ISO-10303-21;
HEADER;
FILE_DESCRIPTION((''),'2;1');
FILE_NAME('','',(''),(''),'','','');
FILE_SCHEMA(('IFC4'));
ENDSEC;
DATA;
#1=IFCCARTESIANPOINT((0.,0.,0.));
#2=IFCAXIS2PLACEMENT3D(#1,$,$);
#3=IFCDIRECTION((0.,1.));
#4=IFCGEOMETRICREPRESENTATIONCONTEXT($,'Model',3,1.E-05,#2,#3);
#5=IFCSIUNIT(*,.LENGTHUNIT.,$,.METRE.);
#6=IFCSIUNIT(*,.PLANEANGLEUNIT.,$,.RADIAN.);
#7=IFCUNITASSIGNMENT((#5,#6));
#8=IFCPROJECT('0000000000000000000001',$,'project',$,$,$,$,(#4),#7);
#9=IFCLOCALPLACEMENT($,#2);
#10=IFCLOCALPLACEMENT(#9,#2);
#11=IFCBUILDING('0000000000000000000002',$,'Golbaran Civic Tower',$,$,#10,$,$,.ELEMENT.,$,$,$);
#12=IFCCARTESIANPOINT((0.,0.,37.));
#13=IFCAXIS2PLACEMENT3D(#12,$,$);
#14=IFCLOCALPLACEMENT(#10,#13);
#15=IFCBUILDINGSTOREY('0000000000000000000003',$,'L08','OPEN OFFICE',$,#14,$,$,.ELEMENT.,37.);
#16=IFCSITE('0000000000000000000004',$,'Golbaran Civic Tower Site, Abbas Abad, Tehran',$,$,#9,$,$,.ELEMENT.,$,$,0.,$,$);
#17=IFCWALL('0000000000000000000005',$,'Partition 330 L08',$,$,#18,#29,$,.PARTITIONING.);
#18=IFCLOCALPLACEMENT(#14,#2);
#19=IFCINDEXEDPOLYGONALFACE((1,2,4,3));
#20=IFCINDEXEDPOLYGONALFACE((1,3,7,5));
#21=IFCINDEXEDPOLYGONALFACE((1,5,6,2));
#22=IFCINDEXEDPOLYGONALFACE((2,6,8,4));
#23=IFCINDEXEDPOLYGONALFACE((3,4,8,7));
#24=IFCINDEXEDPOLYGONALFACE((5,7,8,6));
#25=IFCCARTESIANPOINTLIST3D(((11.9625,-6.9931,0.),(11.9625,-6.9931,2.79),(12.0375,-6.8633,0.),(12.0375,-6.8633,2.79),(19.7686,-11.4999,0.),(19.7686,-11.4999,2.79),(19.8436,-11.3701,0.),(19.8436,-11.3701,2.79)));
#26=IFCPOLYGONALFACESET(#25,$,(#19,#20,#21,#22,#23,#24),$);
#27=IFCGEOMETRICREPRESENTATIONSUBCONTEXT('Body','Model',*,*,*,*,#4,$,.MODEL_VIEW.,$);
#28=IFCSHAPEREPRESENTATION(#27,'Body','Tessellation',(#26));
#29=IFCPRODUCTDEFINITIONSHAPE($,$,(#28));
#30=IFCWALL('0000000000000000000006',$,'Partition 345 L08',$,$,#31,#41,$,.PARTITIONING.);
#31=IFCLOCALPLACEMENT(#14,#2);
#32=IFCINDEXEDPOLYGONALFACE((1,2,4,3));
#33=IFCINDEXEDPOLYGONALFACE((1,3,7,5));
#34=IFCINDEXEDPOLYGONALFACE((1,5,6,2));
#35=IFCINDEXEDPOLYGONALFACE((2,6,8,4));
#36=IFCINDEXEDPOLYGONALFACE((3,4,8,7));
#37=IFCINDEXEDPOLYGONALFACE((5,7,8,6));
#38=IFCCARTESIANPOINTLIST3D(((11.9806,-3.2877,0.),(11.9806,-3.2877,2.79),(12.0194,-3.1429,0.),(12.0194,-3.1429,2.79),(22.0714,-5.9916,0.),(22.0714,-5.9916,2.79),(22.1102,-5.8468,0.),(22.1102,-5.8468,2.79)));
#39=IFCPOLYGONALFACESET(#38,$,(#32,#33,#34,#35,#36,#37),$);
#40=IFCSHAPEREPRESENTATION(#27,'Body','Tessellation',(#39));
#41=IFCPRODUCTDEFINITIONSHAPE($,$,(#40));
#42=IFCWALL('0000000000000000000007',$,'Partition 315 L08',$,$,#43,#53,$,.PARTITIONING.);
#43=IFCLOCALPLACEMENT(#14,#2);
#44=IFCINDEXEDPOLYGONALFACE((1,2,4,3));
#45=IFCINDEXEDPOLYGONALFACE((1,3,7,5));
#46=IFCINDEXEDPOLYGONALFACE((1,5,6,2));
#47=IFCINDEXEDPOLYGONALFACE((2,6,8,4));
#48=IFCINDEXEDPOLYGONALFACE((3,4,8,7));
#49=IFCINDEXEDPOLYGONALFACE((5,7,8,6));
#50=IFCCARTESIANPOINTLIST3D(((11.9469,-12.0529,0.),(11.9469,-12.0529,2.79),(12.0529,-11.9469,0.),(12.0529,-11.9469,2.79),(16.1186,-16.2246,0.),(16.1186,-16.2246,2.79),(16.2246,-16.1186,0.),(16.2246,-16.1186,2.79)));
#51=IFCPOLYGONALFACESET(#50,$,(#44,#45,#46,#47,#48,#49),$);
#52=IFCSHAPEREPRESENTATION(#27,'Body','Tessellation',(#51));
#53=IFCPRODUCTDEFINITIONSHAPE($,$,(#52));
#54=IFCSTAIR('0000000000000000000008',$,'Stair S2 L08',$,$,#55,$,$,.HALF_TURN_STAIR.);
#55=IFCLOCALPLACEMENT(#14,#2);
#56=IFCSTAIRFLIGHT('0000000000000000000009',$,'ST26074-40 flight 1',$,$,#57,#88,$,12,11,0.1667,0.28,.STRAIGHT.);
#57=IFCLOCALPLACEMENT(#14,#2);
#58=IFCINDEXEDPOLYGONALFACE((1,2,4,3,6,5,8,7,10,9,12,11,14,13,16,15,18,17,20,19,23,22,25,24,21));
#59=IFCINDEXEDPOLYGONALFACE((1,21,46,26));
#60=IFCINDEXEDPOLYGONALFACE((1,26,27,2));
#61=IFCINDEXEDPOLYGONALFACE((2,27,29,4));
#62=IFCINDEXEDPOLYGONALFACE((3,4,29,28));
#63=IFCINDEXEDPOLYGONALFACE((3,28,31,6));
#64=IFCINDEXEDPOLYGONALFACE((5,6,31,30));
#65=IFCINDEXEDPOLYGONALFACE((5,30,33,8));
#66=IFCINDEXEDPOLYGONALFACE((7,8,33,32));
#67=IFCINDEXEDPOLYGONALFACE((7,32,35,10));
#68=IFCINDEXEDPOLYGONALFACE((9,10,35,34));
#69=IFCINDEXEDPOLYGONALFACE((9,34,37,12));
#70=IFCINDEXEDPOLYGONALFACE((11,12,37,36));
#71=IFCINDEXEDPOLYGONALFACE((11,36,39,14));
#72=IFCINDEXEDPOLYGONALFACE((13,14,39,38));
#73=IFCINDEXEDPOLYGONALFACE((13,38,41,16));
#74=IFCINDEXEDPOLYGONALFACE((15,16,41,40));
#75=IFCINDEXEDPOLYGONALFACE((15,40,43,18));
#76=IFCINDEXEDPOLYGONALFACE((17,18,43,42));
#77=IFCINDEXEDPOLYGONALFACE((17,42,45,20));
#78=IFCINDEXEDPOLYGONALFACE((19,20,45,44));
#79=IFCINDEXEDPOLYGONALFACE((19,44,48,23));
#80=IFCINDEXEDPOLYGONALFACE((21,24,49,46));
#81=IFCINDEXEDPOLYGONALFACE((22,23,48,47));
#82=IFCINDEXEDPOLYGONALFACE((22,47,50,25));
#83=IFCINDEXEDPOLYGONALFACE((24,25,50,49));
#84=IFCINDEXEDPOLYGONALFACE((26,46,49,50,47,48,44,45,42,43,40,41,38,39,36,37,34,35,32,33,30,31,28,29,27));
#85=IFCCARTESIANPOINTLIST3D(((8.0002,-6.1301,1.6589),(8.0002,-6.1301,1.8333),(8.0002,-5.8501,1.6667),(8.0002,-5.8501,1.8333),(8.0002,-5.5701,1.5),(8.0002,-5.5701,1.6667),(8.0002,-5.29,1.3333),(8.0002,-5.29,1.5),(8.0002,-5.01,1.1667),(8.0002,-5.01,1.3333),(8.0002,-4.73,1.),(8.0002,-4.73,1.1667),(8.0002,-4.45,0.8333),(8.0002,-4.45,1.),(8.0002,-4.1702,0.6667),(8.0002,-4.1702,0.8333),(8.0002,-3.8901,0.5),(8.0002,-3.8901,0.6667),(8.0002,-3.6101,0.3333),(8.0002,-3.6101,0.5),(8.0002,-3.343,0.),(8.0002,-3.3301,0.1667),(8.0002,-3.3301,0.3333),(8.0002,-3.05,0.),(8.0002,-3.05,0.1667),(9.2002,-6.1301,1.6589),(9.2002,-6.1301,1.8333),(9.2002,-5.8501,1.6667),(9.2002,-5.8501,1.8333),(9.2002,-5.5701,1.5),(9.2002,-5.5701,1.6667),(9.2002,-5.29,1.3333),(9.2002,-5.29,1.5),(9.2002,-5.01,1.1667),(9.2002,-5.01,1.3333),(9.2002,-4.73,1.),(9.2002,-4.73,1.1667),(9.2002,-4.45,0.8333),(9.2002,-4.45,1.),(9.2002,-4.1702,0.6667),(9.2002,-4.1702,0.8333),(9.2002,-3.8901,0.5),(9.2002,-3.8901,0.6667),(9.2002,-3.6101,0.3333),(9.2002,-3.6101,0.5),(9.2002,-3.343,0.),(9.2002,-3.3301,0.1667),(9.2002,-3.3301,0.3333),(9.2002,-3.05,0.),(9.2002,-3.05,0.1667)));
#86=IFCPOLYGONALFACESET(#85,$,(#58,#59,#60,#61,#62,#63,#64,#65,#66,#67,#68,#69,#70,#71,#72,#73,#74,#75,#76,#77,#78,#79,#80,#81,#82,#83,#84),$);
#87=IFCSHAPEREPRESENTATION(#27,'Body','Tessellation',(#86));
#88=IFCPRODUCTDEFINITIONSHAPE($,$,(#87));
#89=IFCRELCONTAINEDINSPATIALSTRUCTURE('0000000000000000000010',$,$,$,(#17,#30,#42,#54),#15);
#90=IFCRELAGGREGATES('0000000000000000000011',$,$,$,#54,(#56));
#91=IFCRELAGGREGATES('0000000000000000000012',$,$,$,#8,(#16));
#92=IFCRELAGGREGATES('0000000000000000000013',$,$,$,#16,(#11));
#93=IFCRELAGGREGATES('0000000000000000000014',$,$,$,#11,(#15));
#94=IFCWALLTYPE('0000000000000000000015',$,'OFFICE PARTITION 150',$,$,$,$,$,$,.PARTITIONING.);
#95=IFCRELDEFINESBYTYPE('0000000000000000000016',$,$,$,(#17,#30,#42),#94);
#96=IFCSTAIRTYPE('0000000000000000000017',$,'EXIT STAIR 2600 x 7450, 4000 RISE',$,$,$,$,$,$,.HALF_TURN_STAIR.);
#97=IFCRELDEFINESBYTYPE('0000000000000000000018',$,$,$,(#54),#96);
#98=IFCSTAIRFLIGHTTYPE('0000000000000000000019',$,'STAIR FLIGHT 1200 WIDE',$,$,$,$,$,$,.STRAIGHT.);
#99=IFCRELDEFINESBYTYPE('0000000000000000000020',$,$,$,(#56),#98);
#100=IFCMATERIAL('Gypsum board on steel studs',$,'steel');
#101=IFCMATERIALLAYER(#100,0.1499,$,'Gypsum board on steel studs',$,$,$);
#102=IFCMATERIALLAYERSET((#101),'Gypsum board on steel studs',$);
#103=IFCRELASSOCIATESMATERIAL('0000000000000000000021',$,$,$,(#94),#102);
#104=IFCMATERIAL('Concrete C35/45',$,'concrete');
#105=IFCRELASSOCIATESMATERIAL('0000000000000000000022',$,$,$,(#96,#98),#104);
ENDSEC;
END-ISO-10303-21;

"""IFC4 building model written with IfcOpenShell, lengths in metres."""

from ifc_helpers import new_model, si_unit, direction, frame, frame_2d, origin, place, context, subcontext, project, spatial, polyline, rectangle, outline, extrude, material, layer, layer_set, type_object, element, aggregate, save


model = new_model("IFC4")

# Units and contexts
model_context = context("Model", 3, precision=1e-05, world=origin(), true_north=direction((0.0, 1.0)))
body_context = subcontext(model_context, "Body", "Model", "MODEL_VIEW")
ifc_project = project(units=[si_unit("LENGTHUNIT", "METRE"), si_unit("PLANEANGLEUNIT", "RADIAN")], contexts=[model_context])

# Site, building, storey
site_placement = place(None, origin())
site = spatial("IfcSite", under=ifc_project, at=site_placement, Name="Golbaran Civic Tower Site, Abbas Abad, Tehran", CompositionType="ELEMENT", RefElevation=0.0)
building_placement = place(site_placement, origin())
building = spatial("IfcBuilding", under=site, at=building_placement, Name="Golbaran Civic Tower", CompositionType="ELEMENT")
storey_placement = place(building_placement, frame((0.0, 0.0, 37.0)))
storey = spatial("IfcBuildingStorey", under=building, at=storey_placement, Name="L08", Description="OPEN OFFICE", CompositionType="ELEMENT", Elevation=37.0)

# Walls
ifc_material_1 = material(Name="Gypsum board on steel studs", Category="steel")
ifc_layer_1 = layer(ifc_material_1, 0.1499, Name="Gypsum board on steel studs")
ifc_layer_set_1 = layer_set([ifc_layer_1], Name="Gypsum board on steel studs")
wall_type_1 = type_object("IfcWallType", Name="OFFICE PARTITION 150", PredefinedType="PARTITIONING", material=ifc_layer_set_1)
wall_1_placement = place(storey_placement, frame((12.0, -6.9282, 0.0), z_axis=(0.0, 0.0, 1.0), x_axis=(0.866028, -0.499996, 0.0)))
element("IfcWall", 1, at=wall_1_placement, inside=storey, type_object=wall_type_1, Name="Partition 330 L08", PredefinedType="PARTITIONING", context=body_context, shape_type="SweptSolid", body=[
    extrude(rectangle(XDim=9.0137, YDim=0.1499, at=frame_2d((4.5068, 0.0))), origin(), (0.0, 0.0, 1.0), 2.79),
])
wall_2_placement = place(storey_placement, frame((12.0, -3.2153, 0.0), z_axis=(0.0, 0.0, 1.0), x_axis=(0.965925, -0.258822, 0.0)))
element("IfcWall", 2, at=wall_2_placement, inside=storey, type_object=wall_type_1, Name="Partition 345 L08", PredefinedType="PARTITIONING", context=body_context, shape_type="SweptSolid", body=[
    extrude(rectangle(XDim=10.4468, YDim=0.1499, at=frame_2d((5.2234, 0.0))), origin(), (0.0, 0.0, 1.0), 2.79),
])
wall_3_placement = place(storey_placement, frame((12.0, -12.0, 0.0), z_axis=(0.0, 0.0, 1.0), x_axis=(0.707107, -0.707107, 0.0)))
element("IfcWall", 3, at=wall_3_placement, inside=storey, type_object=wall_type_1, Name="Partition 315 L08", PredefinedType="PARTITIONING", context=body_context, shape_type="SweptSolid", body=[
    extrude(rectangle(XDim=5.8997, YDim=0.1499, at=frame_2d((2.9497, 0.0))), origin(), (0.0, 0.0, 1.0), 2.79),
])

# Stair, stair flight
ifc_material_2 = material(Name="Concrete C35/45", Category="concrete")
stair_type = type_object("IfcStairType", Name="EXIT STAIR 2600 x 7450, 4000 RISE", PredefinedType="HALF_TURN_STAIR", material=ifc_material_2)
stair_placement = place(storey_placement, origin())
stair = element("IfcStair", 4, at=stair_placement, inside=storey, type_object=stair_type, Name="Stair S2 L08", PredefinedType="HALF_TURN_STAIR")
stair_flight_type = type_object("IfcStairFlightType", Name="STAIR FLIGHT 1200 WIDE", PredefinedType="STRAIGHT", material=ifc_material_2)
stair_flight_placement = place(storey_placement, frame((8.6001, -3.05, 0.0), z_axis=(0.0, 0.0, 1.0), x_axis=(0.0, -1.0, 0.0)))
stair_flight = element("IfcStairFlight", 5, at=stair_flight_placement, type_object=stair_flight_type, Name="ST26074-40 flight 1", NumberOfRisers=12, NumberOfTreads=11, PredefinedType="STRAIGHT", RiserHeight=0.1667, TreadLength=0.28, context=body_context, shape_type="SweptSolid", body=[
    extrude(outline(polyline([(0.0, 0.0), (0.0, 0.1667), (0.28, 0.1667), (0.28, 0.3333), (0.5601, 0.3333), (0.5601, 0.5), (0.8401, 0.5), (0.8401, 0.6667), (1.1201, 0.6667), (1.1201, 0.8333), (1.3999, 0.8333), (1.3999, 1.0), (1.6799, 1.0), (1.6799, 1.1667), (1.96, 1.1667), (1.96, 1.3333), (2.24, 1.3333), (2.24, 1.5), (2.52, 1.5), (2.52, 1.6667), (2.8, 1.6667), (2.8, 1.8333), (3.0801, 1.8333), (3.0801, 2.0), (3.0801, 1.6589), (0.293, 0.0), (0.0, 0.0)])), frame((0.0, 0.6001, 0.0), z_axis=(0.0, -1.0, 0.0), x_axis=(1.0, 0.0, 0.0)), (0.0, 0.0, 1.0), 1.2),
])
aggregate(stair, [stair_flight])

save(model, "model.ifc")
